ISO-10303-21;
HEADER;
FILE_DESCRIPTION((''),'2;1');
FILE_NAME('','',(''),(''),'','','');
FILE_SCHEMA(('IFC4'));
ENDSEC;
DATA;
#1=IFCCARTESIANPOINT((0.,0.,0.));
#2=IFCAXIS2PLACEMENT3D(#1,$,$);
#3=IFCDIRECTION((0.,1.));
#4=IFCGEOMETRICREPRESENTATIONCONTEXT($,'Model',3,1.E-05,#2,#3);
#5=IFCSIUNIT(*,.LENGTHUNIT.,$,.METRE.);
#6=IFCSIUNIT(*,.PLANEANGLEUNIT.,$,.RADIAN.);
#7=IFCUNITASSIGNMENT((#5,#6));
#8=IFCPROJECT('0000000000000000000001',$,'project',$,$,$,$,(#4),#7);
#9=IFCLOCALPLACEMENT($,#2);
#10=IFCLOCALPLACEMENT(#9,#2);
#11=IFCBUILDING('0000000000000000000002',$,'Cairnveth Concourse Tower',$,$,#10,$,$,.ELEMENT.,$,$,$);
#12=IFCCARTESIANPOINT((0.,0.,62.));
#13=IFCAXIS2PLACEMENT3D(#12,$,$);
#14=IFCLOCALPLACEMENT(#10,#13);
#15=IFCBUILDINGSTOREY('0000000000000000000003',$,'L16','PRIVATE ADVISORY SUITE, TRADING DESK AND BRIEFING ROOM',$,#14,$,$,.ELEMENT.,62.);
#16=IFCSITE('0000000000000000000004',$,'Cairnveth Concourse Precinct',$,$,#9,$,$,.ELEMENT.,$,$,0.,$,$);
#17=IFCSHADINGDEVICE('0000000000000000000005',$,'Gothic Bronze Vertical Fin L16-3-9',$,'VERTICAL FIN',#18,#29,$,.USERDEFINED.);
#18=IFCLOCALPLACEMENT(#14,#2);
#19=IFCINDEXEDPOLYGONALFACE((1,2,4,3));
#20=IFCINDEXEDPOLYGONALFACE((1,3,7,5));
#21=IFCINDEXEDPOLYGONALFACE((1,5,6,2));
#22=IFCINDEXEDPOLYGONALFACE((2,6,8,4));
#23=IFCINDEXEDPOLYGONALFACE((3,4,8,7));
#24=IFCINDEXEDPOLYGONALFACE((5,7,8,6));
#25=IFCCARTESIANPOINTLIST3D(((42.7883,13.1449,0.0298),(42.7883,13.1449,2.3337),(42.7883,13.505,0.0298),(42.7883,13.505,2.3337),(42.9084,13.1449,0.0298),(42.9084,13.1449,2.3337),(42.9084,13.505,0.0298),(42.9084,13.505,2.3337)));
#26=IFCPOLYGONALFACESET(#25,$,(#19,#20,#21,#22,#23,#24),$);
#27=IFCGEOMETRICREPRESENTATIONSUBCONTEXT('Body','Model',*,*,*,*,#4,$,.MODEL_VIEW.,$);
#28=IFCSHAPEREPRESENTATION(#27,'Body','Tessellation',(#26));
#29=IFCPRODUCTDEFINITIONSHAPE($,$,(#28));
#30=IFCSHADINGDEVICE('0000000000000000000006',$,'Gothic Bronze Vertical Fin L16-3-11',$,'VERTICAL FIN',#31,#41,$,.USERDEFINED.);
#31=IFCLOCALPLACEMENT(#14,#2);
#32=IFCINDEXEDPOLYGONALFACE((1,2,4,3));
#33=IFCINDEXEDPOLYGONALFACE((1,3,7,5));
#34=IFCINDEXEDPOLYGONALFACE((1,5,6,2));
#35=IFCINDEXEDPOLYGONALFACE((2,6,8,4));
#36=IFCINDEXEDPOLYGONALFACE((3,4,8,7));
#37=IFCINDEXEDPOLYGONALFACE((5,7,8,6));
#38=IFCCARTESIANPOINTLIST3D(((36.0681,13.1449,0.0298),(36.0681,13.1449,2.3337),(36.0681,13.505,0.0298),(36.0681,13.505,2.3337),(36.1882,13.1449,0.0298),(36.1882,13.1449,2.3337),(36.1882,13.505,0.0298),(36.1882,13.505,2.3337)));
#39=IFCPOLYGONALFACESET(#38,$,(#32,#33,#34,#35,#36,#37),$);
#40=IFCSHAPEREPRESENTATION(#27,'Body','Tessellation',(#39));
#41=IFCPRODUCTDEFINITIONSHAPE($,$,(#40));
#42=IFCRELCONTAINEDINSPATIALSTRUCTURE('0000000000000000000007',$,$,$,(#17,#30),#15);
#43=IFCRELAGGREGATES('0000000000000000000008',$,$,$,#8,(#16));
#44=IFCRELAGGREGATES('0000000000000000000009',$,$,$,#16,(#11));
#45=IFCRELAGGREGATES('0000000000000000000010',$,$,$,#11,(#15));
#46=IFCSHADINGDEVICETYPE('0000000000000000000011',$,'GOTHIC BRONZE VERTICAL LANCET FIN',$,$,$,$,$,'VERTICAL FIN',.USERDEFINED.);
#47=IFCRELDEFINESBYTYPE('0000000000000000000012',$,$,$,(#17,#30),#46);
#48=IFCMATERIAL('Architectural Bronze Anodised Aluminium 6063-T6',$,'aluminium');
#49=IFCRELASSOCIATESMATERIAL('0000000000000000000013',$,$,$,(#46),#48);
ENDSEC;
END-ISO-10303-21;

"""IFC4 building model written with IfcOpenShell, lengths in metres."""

from ifc_helpers import new_model, si_unit, direction, frame, origin, origin_2d, place, context, subcontext, project, spatial, rectangle, extrude, material, type_object, element, save


model = new_model("IFC4")

# Units and contexts
model_context = context("Model", 3, precision=1e-05, world=origin(), true_north=direction((0.0, 1.0)))
body_context = subcontext(model_context, "Body", "Model", "MODEL_VIEW")
ifc_project = project(units=[si_unit("LENGTHUNIT", "METRE"), si_unit("PLANEANGLEUNIT", "RADIAN")], contexts=[model_context])

# Site, building, storey
site_placement = place(None, origin())
site = spatial("IfcSite", under=ifc_project, at=site_placement, Name="Cairnveth Concourse Precinct", CompositionType="ELEMENT", RefElevation=0.0)
building_placement = place(site_placement, origin())
building = spatial("IfcBuilding", under=site, at=building_placement, Name="Cairnveth Concourse Tower", CompositionType="ELEMENT")
storey_placement = place(building_placement, frame((0.0, 0.0, 62.0)))
storey = spatial("IfcBuildingStorey", under=building, at=storey_placement, Name="L16", Description="PRIVATE ADVISORY SUITE, TRADING DESK AND BRIEFING ROOM", CompositionType="ELEMENT", Elevation=62.0)

# Shading devices
ifc_material_1 = material(Name="Architectural Bronze Anodised Aluminium 6063-T6", Category="aluminium")
shading_device_type = type_object("IfcShadingDeviceType", Name="GOTHIC BRONZE VERTICAL LANCET FIN", ElementType="VERTICAL FIN", PredefinedType="USERDEFINED", material=ifc_material_1)
for number, where, z_axis, x_axis, name in (
    (1, (42.8484, 13.325, 0.0298), (0.0, 0.0, 1.0), (1.0, 0.0, 0.0), "Gothic Bronze Vertical Fin L16-3-9"),
    (2, (36.1282, 13.325, 0.0298), (0.0, 0.0, 1.0), (1.0, 0.0, 0.0), "Gothic Bronze Vertical Fin L16-3-11"),
):
    element("IfcShadingDevice", number, at=place(storey_placement, frame(where, z_axis=z_axis, x_axis=x_axis)), inside=storey, type_object=shading_device_type, Name=name, ObjectType="VERTICAL FIN", PredefinedType="USERDEFINED", context=body_context, shape_type="SweptSolid", body=[
        extrude(rectangle(XDim=0.1201, YDim=0.3601, at=origin_2d()), origin(), (0.0, 0.0, 1.0), 2.304),
    ])

save(model, "model.ifc")
